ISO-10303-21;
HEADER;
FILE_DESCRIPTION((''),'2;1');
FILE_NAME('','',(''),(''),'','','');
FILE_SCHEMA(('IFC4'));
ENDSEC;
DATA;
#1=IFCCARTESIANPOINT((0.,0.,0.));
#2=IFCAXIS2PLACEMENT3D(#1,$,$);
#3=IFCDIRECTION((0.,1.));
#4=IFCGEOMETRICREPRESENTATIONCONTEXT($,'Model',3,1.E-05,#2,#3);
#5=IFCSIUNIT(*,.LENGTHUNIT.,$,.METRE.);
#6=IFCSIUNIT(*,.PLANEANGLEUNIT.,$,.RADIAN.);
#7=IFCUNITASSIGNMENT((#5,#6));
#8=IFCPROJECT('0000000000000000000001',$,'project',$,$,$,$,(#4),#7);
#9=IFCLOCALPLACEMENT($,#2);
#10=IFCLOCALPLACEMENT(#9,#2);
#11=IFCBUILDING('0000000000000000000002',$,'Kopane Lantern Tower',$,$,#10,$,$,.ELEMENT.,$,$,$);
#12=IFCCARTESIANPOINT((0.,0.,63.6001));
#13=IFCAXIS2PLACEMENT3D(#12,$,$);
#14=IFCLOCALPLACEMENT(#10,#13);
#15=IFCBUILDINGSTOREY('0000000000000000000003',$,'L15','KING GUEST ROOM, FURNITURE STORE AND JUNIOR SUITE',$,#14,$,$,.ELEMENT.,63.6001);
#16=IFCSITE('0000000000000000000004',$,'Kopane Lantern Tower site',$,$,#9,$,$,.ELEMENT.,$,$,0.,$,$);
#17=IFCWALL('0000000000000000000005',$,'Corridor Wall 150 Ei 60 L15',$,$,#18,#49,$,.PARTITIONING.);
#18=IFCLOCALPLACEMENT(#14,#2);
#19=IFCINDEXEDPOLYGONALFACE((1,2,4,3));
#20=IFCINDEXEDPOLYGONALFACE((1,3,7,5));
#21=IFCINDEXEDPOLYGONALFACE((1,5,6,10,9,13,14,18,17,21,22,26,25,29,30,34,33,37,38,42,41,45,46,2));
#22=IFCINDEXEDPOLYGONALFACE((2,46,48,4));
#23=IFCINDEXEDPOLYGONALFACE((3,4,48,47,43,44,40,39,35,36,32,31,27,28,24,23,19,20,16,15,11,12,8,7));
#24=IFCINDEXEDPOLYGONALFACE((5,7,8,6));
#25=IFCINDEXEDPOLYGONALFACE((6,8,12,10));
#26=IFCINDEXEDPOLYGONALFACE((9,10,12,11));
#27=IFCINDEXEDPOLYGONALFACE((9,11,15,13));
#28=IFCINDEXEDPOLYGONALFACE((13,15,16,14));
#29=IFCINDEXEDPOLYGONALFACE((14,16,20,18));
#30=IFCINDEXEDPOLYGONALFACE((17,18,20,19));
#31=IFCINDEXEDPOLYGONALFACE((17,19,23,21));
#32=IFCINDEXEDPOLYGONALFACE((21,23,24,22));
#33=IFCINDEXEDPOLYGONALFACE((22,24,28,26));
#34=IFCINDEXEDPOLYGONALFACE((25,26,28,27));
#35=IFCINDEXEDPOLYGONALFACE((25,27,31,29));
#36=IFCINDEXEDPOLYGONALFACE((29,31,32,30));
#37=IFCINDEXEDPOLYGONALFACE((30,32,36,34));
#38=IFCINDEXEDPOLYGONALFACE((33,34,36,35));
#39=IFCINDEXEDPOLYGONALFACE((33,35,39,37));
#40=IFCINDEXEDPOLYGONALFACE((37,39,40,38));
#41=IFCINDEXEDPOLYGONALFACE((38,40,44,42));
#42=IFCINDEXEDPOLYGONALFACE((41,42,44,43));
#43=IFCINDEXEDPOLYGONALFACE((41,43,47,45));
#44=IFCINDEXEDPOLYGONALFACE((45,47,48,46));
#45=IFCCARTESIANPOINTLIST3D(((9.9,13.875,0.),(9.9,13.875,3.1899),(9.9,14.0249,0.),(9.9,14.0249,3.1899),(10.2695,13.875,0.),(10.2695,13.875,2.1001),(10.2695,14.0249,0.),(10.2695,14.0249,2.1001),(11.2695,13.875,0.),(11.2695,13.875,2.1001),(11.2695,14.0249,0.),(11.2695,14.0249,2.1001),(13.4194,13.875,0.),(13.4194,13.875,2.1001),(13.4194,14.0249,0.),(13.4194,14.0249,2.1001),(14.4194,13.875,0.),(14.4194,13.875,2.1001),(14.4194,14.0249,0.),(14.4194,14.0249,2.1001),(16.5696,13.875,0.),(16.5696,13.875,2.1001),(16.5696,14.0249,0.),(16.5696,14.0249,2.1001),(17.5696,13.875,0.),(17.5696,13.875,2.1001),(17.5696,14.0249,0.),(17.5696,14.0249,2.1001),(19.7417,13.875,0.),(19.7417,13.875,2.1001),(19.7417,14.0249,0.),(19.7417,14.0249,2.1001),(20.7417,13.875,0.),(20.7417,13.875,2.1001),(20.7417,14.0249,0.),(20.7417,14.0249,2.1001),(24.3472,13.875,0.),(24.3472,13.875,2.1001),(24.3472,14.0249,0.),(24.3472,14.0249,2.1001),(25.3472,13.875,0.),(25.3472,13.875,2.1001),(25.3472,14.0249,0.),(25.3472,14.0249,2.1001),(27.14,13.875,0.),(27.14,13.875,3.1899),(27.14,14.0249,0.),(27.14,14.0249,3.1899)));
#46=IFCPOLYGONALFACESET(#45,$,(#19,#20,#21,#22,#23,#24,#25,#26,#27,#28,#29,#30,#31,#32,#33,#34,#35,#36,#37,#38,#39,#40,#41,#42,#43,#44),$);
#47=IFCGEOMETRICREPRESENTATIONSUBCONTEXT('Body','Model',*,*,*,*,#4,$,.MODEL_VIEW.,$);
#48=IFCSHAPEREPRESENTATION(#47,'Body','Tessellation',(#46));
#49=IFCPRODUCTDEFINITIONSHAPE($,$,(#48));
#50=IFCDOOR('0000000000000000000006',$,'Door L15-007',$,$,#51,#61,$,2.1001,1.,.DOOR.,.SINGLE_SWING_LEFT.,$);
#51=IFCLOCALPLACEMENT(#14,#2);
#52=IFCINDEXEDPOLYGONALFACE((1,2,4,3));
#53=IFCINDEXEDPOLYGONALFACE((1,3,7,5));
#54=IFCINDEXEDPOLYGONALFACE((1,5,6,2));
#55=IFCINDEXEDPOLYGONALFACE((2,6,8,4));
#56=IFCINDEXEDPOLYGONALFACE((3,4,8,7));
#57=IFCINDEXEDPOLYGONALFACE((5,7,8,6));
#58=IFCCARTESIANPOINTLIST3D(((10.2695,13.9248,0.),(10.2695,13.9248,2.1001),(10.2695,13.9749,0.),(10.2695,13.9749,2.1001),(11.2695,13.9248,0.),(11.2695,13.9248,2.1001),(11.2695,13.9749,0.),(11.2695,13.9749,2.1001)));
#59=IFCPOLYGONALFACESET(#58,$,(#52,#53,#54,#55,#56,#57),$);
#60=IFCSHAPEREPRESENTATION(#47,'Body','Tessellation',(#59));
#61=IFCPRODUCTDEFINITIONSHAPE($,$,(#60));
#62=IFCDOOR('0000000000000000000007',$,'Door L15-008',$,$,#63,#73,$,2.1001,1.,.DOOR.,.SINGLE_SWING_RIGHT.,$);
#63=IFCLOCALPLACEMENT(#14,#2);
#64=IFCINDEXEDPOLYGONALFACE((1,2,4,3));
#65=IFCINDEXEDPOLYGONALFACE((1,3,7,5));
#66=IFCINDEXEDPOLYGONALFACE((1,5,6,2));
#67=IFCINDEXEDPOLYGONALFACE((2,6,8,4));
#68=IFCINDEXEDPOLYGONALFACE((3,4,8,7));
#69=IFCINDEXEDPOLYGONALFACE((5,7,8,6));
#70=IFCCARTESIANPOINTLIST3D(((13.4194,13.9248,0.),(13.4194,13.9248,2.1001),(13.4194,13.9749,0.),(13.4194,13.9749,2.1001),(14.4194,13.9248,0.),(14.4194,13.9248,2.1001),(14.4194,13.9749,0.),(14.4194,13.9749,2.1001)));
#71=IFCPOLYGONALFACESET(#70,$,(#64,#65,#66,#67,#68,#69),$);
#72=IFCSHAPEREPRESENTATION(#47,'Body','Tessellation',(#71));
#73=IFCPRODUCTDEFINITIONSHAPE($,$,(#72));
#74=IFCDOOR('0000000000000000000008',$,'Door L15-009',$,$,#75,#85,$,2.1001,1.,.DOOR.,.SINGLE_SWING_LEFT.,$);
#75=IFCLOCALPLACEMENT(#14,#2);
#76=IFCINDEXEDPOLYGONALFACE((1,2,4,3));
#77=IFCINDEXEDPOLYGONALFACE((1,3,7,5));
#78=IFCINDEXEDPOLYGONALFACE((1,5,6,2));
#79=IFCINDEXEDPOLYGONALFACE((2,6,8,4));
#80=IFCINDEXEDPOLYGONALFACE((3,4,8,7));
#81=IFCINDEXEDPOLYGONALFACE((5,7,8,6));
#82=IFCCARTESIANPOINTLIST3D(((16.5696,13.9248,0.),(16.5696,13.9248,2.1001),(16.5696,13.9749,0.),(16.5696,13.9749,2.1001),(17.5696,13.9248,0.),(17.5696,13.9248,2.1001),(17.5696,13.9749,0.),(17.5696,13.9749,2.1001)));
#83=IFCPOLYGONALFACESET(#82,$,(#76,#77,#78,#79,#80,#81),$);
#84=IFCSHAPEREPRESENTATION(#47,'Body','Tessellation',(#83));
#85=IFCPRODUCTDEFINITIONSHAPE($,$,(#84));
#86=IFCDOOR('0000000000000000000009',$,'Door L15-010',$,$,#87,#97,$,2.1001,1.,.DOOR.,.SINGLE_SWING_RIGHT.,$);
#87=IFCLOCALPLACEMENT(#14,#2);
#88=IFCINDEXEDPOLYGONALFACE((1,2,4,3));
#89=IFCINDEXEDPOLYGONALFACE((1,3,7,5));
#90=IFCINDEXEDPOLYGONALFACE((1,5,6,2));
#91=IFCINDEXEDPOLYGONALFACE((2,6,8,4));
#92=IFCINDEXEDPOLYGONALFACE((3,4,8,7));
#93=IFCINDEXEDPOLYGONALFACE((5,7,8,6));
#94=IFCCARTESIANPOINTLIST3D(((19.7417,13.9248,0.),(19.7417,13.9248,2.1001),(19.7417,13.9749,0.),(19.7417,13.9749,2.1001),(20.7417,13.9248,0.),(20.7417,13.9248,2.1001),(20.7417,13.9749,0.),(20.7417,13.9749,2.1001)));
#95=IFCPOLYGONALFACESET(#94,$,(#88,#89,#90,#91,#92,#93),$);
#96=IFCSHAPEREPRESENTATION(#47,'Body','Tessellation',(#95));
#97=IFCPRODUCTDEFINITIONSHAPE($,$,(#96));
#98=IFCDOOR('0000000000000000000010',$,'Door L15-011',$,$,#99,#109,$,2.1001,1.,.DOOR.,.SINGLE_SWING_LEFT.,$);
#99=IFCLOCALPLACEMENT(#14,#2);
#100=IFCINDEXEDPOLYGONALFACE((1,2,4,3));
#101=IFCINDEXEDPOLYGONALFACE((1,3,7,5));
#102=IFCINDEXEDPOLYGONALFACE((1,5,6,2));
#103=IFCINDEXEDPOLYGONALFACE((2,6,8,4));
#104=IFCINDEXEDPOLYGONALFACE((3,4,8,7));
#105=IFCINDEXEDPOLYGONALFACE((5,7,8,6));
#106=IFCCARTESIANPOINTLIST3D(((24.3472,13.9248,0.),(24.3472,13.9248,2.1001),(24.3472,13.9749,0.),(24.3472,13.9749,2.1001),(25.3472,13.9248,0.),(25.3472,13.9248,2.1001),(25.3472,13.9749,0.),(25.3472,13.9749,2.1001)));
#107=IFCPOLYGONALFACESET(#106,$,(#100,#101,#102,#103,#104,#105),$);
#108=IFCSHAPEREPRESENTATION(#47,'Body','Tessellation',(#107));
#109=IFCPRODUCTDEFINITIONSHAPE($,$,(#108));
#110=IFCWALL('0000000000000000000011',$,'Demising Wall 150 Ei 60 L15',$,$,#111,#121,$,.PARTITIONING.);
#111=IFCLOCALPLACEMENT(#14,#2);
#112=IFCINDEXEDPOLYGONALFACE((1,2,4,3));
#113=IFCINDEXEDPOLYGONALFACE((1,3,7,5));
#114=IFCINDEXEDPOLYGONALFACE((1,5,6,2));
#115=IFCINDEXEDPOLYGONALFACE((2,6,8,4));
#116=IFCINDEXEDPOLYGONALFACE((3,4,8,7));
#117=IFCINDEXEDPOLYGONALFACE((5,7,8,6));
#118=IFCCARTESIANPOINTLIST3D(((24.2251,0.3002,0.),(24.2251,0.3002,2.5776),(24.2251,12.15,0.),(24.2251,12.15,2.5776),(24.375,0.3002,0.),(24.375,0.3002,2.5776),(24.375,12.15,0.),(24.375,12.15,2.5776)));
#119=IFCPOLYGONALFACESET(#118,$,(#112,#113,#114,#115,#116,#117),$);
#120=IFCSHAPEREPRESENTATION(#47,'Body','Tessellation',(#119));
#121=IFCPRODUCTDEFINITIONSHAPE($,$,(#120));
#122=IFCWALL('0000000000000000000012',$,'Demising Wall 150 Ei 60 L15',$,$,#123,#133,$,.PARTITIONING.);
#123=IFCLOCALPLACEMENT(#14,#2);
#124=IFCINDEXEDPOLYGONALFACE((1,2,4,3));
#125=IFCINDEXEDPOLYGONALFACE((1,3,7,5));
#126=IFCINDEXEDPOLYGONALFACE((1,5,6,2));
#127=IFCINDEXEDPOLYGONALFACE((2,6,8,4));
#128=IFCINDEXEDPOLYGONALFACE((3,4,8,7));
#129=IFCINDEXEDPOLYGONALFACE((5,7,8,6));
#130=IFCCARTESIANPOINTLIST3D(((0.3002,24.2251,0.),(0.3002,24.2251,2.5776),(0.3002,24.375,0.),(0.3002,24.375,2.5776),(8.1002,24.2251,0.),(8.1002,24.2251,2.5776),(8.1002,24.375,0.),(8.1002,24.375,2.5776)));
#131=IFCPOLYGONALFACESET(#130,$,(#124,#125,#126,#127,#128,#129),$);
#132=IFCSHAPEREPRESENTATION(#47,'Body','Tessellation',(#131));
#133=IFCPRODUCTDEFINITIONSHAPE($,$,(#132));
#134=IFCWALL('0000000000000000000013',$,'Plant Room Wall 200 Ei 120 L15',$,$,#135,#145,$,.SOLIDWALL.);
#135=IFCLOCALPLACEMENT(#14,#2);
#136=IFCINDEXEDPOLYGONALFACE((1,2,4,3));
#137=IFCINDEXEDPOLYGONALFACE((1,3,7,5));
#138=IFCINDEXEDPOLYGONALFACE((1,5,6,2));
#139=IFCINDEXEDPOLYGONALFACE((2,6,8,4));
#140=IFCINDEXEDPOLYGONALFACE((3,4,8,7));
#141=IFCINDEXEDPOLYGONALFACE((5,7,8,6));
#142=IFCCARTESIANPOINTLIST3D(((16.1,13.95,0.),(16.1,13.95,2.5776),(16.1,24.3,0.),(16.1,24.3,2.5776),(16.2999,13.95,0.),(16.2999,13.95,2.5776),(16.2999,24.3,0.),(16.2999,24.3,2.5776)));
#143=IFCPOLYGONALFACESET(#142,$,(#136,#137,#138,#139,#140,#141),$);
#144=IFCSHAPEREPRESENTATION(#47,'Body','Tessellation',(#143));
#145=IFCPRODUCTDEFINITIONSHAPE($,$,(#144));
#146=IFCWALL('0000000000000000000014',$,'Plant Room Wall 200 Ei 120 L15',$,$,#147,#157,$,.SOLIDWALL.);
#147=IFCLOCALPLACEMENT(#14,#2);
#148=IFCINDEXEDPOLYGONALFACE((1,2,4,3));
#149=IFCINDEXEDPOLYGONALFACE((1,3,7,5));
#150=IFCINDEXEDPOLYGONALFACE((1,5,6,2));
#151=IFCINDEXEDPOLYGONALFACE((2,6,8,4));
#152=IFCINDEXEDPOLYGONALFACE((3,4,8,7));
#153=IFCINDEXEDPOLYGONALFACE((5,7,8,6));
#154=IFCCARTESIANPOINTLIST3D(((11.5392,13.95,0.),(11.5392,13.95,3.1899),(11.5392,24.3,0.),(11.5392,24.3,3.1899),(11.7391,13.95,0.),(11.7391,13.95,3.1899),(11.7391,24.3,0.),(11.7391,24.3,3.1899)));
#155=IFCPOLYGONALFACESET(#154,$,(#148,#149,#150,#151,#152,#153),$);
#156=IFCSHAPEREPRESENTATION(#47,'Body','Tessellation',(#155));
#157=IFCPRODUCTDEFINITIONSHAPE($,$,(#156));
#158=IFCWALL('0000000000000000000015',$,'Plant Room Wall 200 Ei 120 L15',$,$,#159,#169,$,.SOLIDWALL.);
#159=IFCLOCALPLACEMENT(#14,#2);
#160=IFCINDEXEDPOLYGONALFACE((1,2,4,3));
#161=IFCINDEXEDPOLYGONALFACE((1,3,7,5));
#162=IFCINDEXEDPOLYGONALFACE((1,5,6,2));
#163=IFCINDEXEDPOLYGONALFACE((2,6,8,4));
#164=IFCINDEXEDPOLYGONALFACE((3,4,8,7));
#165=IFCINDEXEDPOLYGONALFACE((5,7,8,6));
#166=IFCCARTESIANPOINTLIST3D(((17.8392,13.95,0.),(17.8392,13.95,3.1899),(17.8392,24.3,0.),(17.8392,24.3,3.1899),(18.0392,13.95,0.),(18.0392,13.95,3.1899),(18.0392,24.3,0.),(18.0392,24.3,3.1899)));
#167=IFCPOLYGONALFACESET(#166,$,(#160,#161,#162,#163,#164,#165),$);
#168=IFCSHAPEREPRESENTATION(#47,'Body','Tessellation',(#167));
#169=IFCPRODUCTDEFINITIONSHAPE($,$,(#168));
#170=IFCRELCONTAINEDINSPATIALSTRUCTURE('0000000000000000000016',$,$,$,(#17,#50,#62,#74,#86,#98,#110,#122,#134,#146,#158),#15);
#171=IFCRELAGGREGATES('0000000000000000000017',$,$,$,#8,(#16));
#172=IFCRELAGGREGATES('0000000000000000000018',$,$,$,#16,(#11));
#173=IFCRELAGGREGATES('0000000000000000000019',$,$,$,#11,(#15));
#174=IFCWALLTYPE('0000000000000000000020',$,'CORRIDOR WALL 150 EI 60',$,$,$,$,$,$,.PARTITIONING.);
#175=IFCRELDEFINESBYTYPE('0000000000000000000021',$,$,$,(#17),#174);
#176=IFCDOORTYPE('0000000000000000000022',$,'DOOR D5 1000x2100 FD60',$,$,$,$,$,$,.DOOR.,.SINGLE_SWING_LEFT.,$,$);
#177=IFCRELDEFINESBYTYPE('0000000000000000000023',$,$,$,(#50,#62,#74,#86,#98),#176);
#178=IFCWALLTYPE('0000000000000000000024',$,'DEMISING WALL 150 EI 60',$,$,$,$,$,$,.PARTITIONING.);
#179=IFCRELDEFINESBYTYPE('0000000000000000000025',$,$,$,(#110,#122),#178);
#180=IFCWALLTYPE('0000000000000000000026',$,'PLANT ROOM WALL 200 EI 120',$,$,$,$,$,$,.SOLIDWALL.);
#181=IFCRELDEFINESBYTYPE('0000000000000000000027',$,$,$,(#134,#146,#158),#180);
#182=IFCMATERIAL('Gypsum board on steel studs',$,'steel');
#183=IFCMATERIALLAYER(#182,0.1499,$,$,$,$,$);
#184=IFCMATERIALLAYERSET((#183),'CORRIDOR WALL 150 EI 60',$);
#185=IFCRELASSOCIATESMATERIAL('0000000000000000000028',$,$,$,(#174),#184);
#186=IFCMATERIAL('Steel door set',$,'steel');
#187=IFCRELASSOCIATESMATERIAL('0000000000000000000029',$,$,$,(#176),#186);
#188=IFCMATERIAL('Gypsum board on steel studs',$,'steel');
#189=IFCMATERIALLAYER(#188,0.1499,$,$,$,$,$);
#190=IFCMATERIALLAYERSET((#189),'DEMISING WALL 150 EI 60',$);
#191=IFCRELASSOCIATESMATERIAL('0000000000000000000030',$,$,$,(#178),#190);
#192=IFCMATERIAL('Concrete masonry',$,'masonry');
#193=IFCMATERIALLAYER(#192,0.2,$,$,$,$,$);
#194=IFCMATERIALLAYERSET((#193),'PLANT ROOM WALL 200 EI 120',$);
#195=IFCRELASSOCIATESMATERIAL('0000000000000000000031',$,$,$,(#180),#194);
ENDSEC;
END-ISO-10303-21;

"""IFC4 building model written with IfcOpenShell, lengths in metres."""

from ifc_helpers import new_model, si_unit, direction, frame, frame_2d, origin, place, context, subcontext, project, spatial, rectangle, extrude, material, layer, layer_set, type_object, element, fill, save


model = new_model("IFC4")

# Units and contexts
model_context = context("Model", 3, precision=1e-05, world=origin(), true_north=direction((0.0, 1.0)))
body_context = subcontext(model_context, "Body", "Model", "MODEL_VIEW")
ifc_project = project(units=[si_unit("LENGTHUNIT", "METRE"), si_unit("PLANEANGLEUNIT", "RADIAN")], contexts=[model_context])

# Site, building, storey
site_placement = place(None, origin())
site = spatial("IfcSite", under=ifc_project, at=site_placement, Name="Kopane Lantern Tower site", CompositionType="ELEMENT", RefElevation=0.0)
building_placement = place(site_placement, origin())
building = spatial("IfcBuilding", under=site, at=building_placement, Name="Kopane Lantern Tower", CompositionType="ELEMENT")
storey_placement = place(building_placement, frame((0.0, 0.0, 63.6001)))
storey = spatial("IfcBuildingStorey", under=building, at=storey_placement, Name="L15", Description="KING GUEST ROOM, FURNITURE STORE AND JUNIOR SUITE", CompositionType="ELEMENT", Elevation=63.6001)

# Wall, openings, doors
ifc_material_1 = material(Name="Gypsum board on steel studs", Category="steel")
ifc_layer_1 = layer(ifc_material_1, 0.1499)
ifc_layer_set_1 = layer_set([ifc_layer_1], Name="CORRIDOR WALL 150 EI 60")
wall_type_1 = type_object("IfcWallType", Name="CORRIDOR WALL 150 EI 60", PredefinedType="PARTITIONING", material=ifc_layer_set_1)
wall_1_placement = place(storey_placement, frame((9.8999, 13.95, 0.0), z_axis=(0.0, 0.0, 1.0), x_axis=(1.0, 0.0, 0.0)))
wall_1 = element("IfcWall", 1, at=wall_1_placement, inside=storey, type_object=wall_type_1, Name="Corridor Wall 150 Ei 60 L15", PredefinedType="PARTITIONING", context=body_context, shape_type="SweptSolid", body=[
    extrude(rectangle(XDim=17.24, YDim=0.1499, at=frame_2d((8.6201, 0.0))), origin(), (0.0, 0.0, 1.0), 3.1899),
])
opening_1_placement = place(wall_1_placement, frame((0.3696, 0.0, 0.0)))
opening_1 = element("IfcOpeningElement", 2, at=opening_1_placement, cuts=wall_1, PredefinedType="OPENING", context=body_context, shape_type="SweptSolid", body=[
    extrude(rectangle(XDim=1.0, YDim=2.1001, at=frame_2d((0.5, 1.05))), frame((0.0, 0.085, 0.0), z_axis=(0.0, -1.0, 0.0), x_axis=(1.0, 0.0, 0.0)), (0.0, 0.0, 1.0), 0.1699),
])
opening_2_placement = place(wall_1_placement, frame((3.5195, 0.0, 0.0)))
opening_2 = element("IfcOpeningElement", 3, at=opening_2_placement, cuts=wall_1, PredefinedType="OPENING", context=body_context, shape_type="SweptSolid", body=[
    extrude(rectangle(XDim=1.0, YDim=2.1001, at=frame_2d((0.5, 1.05))), frame((0.0, 0.085, 0.0), z_axis=(0.0, -1.0, 0.0), x_axis=(1.0, 0.0, 0.0)), (0.0, 0.0, 1.0), 0.1699),
])
opening_3_placement = place(wall_1_placement, frame((6.6697, 0.0, 0.0)))
opening_3 = element("IfcOpeningElement", 4, at=opening_3_placement, cuts=wall_1, PredefinedType="OPENING", context=body_context, shape_type="SweptSolid", body=[
    extrude(rectangle(XDim=1.0, YDim=2.1001, at=frame_2d((0.5, 1.05))), frame((0.0, 0.085, 0.0), z_axis=(0.0, -1.0, 0.0), x_axis=(1.0, 0.0, 0.0)), (0.0, 0.0, 1.0), 0.1699),
])
opening_4_placement = place(wall_1_placement, frame((9.8418, 0.0, 0.0)))
opening_4 = element("IfcOpeningElement", 5, at=opening_4_placement, cuts=wall_1, PredefinedType="OPENING", context=body_context, shape_type="SweptSolid", body=[
    extrude(rectangle(XDim=1.0, YDim=2.1001, at=frame_2d((0.5, 1.05))), frame((0.0, 0.085, 0.0), z_axis=(0.0, -1.0, 0.0), x_axis=(1.0, 0.0, 0.0)), (0.0, 0.0, 1.0), 0.1699),
])
opening_5_placement = place(wall_1_placement, frame((14.4473, 0.0, 0.0)))
opening_5 = element("IfcOpeningElement", 6, at=opening_5_placement, cuts=wall_1, PredefinedType="OPENING", context=body_context, shape_type="SweptSolid", body=[
    extrude(rectangle(XDim=1.0, YDim=2.1001, at=frame_2d((0.5, 1.05))), frame((0.0, 0.085, 0.0), z_axis=(0.0, -1.0, 0.0), x_axis=(1.0, 0.0, 0.0)), (0.0, 0.0, 1.0), 0.1699),
])
ifc_material_2 = material(Name="Steel door set", Category="steel")
door_type_1 = type_object("IfcDoorType", Name="DOOR D5 1000x2100 FD60", OperationType="SINGLE_SWING_LEFT", PredefinedType="DOOR", material=ifc_material_2)
door_1_placement = place(opening_1_placement, origin())
door_1 = element("IfcDoor", 7, at=door_1_placement, inside=storey, type_object=door_type_1, Name="Door L15-007", OperationType="SINGLE_SWING_LEFT", OverallHeight=2.1001, OverallWidth=1.0, PredefinedType="DOOR", context=body_context, shape_type="SweptSolid", body=[
    extrude(rectangle(XDim=1.0, YDim=2.1001, at=frame_2d((0.5, 1.05))), frame((0.0, 0.0249, 0.0), z_axis=(0.0, -1.0, 0.0), x_axis=(1.0, 0.0, 0.0)), (0.0, 0.0, 1.0), 0.05),
])
fill(opening_1, door_1)
door_2_placement = place(opening_2_placement, origin())
door_2 = element("IfcDoor", 8, at=door_2_placement, inside=storey, type_object=door_type_1, Name="Door L15-008", OperationType="SINGLE_SWING_RIGHT", OverallHeight=2.1001, OverallWidth=1.0, PredefinedType="DOOR", context=body_context, shape_type="SweptSolid", body=[
    extrude(rectangle(XDim=1.0, YDim=2.1001, at=frame_2d((0.5, 1.05))), frame((0.0, 0.0249, 0.0), z_axis=(0.0, -1.0, 0.0), x_axis=(1.0, 0.0, 0.0)), (0.0, 0.0, 1.0), 0.05),
])
fill(opening_2, door_2)
door_3_placement = place(opening_3_placement, origin())
door_3 = element("IfcDoor", 9, at=door_3_placement, inside=storey, type_object=door_type_1, Name="Door L15-009", OperationType="SINGLE_SWING_LEFT", OverallHeight=2.1001, OverallWidth=1.0, PredefinedType="DOOR", context=body_context, shape_type="SweptSolid", body=[
    extrude(rectangle(XDim=1.0, YDim=2.1001, at=frame_2d((0.5, 1.05))), frame((0.0, 0.0249, 0.0), z_axis=(0.0, -1.0, 0.0), x_axis=(1.0, 0.0, 0.0)), (0.0, 0.0, 1.0), 0.05),
])
fill(opening_3, door_3)
door_4_placement = place(opening_4_placement, origin())
door_4 = element("IfcDoor", 10, at=door_4_placement, inside=storey, type_object=door_type_1, Name="Door L15-010", OperationType="SINGLE_SWING_RIGHT", OverallHeight=2.1001, OverallWidth=1.0, PredefinedType="DOOR", context=body_context, shape_type="SweptSolid", body=[
    extrude(rectangle(XDim=1.0, YDim=2.1001, at=frame_2d((0.5, 1.05))), frame((0.0, 0.0249, 0.0), z_axis=(0.0, -1.0, 0.0), x_axis=(1.0, 0.0, 0.0)), (0.0, 0.0, 1.0), 0.05),
])
fill(opening_4, door_4)
door_5_placement = place(opening_5_placement, origin())
door_5 = element("IfcDoor", 11, at=door_5_placement, inside=storey, type_object=door_type_1, Name="Door L15-011", OperationType="SINGLE_SWING_LEFT", OverallHeight=2.1001, OverallWidth=1.0, PredefinedType="DOOR", context=body_context, shape_type="SweptSolid", body=[
    extrude(rectangle(XDim=1.0, YDim=2.1001, at=frame_2d((0.5, 1.05))), frame((0.0, 0.0249, 0.0), z_axis=(0.0, -1.0, 0.0), x_axis=(1.0, 0.0, 0.0)), (0.0, 0.0, 1.0), 0.05),
])
fill(opening_5, door_5)

# Walls
ifc_material_3 = material(Name="Gypsum board on steel studs", Category="steel")
ifc_layer_2 = layer(ifc_material_3, 0.1499)
ifc_layer_set_2 = layer_set([ifc_layer_2], Name="DEMISING WALL 150 EI 60")
wall_type_2 = type_object("IfcWallType", Name="DEMISING WALL 150 EI 60", PredefinedType="PARTITIONING", material=ifc_layer_set_2)
wall_2_placement = place(storey_placement, frame((24.3, 12.1499, 0.0), z_axis=(0.0, 0.0, 1.0), x_axis=(0.0, -1.0, 0.0)))
element("IfcWall", 12, at=wall_2_placement, inside=storey, type_object=wall_type_2, Name="Demising Wall 150 Ei 60 L15", PredefinedType="PARTITIONING", context=body_context, shape_type="SweptSolid", body=[
    extrude(rectangle(XDim=11.8499, YDim=0.1499, at=frame_2d((5.9248, 0.0))), origin(), (0.0, 0.0, 1.0), 2.5776),
])
wall_3_placement = place(storey_placement, frame((8.1001, 24.3, 0.0), z_axis=(0.0, 0.0, 1.0), x_axis=(-1.0, 0.0, 0.0)))
element("IfcWall", 13, at=wall_3_placement, inside=storey, type_object=wall_type_2, Name="Demising Wall 150 Ei 60 L15", PredefinedType="PARTITIONING", context=body_context, shape_type="SweptSolid", body=[
    extrude(rectangle(XDim=7.8, YDim=0.1499, at=frame_2d((3.8999, 0.0))), origin(), (0.0, 0.0, 1.0), 2.5776),
])
ifc_material_4 = material(Name="Concrete masonry", Category="masonry")
ifc_layer_3 = layer(ifc_material_4, 0.2)
ifc_layer_set_3 = layer_set([ifc_layer_3], Name="PLANT ROOM WALL 200 EI 120")
wall_type_3 = type_object("IfcWallType", Name="PLANT ROOM WALL 200 EI 120", PredefinedType="SOLIDWALL", material=ifc_layer_set_3)
wall_4_placement = place(storey_placement, frame((16.2, 13.95, 0.0), z_axis=(0.0, 0.0, 1.0), x_axis=(0.0, 1.0, 0.0)))
element("IfcWall", 14, at=wall_4_placement, inside=storey, type_object=wall_type_3, Name="Plant Room Wall 200 Ei 120 L15", PredefinedType="SOLIDWALL", context=body_context, shape_type="SweptSolid", body=[
    extrude(rectangle(XDim=10.3501, YDim=0.2, at=frame_2d((5.175, 0.0))), origin(), (0.0, 0.0, 1.0), 2.5776),
])
for number, where, z_axis, x_axis, name in (
    (15, (11.6392, 13.95, 0.0), (0.0, 0.0, 1.0), (0.0, 1.0, 0.0), "Plant Room Wall 200 Ei 120 L15"),
    (16, (17.9392, 13.95, 0.0), (0.0, 0.0, 1.0), (0.0, 1.0, 0.0), "Plant Room Wall 200 Ei 120 L15"),
):
    element("IfcWall", number, at=place(storey_placement, frame(where, z_axis=z_axis, x_axis=x_axis)), inside=storey, type_object=wall_type_3, Name=name, PredefinedType="SOLIDWALL", context=body_context, shape_type="SweptSolid", body=[
        extrude(rectangle(XDim=10.3501, YDim=0.2, at=frame_2d((5.175, 0.0))), origin(), (0.0, 0.0, 1.0), 3.1899),
    ])

save(model, "model.ifc")
